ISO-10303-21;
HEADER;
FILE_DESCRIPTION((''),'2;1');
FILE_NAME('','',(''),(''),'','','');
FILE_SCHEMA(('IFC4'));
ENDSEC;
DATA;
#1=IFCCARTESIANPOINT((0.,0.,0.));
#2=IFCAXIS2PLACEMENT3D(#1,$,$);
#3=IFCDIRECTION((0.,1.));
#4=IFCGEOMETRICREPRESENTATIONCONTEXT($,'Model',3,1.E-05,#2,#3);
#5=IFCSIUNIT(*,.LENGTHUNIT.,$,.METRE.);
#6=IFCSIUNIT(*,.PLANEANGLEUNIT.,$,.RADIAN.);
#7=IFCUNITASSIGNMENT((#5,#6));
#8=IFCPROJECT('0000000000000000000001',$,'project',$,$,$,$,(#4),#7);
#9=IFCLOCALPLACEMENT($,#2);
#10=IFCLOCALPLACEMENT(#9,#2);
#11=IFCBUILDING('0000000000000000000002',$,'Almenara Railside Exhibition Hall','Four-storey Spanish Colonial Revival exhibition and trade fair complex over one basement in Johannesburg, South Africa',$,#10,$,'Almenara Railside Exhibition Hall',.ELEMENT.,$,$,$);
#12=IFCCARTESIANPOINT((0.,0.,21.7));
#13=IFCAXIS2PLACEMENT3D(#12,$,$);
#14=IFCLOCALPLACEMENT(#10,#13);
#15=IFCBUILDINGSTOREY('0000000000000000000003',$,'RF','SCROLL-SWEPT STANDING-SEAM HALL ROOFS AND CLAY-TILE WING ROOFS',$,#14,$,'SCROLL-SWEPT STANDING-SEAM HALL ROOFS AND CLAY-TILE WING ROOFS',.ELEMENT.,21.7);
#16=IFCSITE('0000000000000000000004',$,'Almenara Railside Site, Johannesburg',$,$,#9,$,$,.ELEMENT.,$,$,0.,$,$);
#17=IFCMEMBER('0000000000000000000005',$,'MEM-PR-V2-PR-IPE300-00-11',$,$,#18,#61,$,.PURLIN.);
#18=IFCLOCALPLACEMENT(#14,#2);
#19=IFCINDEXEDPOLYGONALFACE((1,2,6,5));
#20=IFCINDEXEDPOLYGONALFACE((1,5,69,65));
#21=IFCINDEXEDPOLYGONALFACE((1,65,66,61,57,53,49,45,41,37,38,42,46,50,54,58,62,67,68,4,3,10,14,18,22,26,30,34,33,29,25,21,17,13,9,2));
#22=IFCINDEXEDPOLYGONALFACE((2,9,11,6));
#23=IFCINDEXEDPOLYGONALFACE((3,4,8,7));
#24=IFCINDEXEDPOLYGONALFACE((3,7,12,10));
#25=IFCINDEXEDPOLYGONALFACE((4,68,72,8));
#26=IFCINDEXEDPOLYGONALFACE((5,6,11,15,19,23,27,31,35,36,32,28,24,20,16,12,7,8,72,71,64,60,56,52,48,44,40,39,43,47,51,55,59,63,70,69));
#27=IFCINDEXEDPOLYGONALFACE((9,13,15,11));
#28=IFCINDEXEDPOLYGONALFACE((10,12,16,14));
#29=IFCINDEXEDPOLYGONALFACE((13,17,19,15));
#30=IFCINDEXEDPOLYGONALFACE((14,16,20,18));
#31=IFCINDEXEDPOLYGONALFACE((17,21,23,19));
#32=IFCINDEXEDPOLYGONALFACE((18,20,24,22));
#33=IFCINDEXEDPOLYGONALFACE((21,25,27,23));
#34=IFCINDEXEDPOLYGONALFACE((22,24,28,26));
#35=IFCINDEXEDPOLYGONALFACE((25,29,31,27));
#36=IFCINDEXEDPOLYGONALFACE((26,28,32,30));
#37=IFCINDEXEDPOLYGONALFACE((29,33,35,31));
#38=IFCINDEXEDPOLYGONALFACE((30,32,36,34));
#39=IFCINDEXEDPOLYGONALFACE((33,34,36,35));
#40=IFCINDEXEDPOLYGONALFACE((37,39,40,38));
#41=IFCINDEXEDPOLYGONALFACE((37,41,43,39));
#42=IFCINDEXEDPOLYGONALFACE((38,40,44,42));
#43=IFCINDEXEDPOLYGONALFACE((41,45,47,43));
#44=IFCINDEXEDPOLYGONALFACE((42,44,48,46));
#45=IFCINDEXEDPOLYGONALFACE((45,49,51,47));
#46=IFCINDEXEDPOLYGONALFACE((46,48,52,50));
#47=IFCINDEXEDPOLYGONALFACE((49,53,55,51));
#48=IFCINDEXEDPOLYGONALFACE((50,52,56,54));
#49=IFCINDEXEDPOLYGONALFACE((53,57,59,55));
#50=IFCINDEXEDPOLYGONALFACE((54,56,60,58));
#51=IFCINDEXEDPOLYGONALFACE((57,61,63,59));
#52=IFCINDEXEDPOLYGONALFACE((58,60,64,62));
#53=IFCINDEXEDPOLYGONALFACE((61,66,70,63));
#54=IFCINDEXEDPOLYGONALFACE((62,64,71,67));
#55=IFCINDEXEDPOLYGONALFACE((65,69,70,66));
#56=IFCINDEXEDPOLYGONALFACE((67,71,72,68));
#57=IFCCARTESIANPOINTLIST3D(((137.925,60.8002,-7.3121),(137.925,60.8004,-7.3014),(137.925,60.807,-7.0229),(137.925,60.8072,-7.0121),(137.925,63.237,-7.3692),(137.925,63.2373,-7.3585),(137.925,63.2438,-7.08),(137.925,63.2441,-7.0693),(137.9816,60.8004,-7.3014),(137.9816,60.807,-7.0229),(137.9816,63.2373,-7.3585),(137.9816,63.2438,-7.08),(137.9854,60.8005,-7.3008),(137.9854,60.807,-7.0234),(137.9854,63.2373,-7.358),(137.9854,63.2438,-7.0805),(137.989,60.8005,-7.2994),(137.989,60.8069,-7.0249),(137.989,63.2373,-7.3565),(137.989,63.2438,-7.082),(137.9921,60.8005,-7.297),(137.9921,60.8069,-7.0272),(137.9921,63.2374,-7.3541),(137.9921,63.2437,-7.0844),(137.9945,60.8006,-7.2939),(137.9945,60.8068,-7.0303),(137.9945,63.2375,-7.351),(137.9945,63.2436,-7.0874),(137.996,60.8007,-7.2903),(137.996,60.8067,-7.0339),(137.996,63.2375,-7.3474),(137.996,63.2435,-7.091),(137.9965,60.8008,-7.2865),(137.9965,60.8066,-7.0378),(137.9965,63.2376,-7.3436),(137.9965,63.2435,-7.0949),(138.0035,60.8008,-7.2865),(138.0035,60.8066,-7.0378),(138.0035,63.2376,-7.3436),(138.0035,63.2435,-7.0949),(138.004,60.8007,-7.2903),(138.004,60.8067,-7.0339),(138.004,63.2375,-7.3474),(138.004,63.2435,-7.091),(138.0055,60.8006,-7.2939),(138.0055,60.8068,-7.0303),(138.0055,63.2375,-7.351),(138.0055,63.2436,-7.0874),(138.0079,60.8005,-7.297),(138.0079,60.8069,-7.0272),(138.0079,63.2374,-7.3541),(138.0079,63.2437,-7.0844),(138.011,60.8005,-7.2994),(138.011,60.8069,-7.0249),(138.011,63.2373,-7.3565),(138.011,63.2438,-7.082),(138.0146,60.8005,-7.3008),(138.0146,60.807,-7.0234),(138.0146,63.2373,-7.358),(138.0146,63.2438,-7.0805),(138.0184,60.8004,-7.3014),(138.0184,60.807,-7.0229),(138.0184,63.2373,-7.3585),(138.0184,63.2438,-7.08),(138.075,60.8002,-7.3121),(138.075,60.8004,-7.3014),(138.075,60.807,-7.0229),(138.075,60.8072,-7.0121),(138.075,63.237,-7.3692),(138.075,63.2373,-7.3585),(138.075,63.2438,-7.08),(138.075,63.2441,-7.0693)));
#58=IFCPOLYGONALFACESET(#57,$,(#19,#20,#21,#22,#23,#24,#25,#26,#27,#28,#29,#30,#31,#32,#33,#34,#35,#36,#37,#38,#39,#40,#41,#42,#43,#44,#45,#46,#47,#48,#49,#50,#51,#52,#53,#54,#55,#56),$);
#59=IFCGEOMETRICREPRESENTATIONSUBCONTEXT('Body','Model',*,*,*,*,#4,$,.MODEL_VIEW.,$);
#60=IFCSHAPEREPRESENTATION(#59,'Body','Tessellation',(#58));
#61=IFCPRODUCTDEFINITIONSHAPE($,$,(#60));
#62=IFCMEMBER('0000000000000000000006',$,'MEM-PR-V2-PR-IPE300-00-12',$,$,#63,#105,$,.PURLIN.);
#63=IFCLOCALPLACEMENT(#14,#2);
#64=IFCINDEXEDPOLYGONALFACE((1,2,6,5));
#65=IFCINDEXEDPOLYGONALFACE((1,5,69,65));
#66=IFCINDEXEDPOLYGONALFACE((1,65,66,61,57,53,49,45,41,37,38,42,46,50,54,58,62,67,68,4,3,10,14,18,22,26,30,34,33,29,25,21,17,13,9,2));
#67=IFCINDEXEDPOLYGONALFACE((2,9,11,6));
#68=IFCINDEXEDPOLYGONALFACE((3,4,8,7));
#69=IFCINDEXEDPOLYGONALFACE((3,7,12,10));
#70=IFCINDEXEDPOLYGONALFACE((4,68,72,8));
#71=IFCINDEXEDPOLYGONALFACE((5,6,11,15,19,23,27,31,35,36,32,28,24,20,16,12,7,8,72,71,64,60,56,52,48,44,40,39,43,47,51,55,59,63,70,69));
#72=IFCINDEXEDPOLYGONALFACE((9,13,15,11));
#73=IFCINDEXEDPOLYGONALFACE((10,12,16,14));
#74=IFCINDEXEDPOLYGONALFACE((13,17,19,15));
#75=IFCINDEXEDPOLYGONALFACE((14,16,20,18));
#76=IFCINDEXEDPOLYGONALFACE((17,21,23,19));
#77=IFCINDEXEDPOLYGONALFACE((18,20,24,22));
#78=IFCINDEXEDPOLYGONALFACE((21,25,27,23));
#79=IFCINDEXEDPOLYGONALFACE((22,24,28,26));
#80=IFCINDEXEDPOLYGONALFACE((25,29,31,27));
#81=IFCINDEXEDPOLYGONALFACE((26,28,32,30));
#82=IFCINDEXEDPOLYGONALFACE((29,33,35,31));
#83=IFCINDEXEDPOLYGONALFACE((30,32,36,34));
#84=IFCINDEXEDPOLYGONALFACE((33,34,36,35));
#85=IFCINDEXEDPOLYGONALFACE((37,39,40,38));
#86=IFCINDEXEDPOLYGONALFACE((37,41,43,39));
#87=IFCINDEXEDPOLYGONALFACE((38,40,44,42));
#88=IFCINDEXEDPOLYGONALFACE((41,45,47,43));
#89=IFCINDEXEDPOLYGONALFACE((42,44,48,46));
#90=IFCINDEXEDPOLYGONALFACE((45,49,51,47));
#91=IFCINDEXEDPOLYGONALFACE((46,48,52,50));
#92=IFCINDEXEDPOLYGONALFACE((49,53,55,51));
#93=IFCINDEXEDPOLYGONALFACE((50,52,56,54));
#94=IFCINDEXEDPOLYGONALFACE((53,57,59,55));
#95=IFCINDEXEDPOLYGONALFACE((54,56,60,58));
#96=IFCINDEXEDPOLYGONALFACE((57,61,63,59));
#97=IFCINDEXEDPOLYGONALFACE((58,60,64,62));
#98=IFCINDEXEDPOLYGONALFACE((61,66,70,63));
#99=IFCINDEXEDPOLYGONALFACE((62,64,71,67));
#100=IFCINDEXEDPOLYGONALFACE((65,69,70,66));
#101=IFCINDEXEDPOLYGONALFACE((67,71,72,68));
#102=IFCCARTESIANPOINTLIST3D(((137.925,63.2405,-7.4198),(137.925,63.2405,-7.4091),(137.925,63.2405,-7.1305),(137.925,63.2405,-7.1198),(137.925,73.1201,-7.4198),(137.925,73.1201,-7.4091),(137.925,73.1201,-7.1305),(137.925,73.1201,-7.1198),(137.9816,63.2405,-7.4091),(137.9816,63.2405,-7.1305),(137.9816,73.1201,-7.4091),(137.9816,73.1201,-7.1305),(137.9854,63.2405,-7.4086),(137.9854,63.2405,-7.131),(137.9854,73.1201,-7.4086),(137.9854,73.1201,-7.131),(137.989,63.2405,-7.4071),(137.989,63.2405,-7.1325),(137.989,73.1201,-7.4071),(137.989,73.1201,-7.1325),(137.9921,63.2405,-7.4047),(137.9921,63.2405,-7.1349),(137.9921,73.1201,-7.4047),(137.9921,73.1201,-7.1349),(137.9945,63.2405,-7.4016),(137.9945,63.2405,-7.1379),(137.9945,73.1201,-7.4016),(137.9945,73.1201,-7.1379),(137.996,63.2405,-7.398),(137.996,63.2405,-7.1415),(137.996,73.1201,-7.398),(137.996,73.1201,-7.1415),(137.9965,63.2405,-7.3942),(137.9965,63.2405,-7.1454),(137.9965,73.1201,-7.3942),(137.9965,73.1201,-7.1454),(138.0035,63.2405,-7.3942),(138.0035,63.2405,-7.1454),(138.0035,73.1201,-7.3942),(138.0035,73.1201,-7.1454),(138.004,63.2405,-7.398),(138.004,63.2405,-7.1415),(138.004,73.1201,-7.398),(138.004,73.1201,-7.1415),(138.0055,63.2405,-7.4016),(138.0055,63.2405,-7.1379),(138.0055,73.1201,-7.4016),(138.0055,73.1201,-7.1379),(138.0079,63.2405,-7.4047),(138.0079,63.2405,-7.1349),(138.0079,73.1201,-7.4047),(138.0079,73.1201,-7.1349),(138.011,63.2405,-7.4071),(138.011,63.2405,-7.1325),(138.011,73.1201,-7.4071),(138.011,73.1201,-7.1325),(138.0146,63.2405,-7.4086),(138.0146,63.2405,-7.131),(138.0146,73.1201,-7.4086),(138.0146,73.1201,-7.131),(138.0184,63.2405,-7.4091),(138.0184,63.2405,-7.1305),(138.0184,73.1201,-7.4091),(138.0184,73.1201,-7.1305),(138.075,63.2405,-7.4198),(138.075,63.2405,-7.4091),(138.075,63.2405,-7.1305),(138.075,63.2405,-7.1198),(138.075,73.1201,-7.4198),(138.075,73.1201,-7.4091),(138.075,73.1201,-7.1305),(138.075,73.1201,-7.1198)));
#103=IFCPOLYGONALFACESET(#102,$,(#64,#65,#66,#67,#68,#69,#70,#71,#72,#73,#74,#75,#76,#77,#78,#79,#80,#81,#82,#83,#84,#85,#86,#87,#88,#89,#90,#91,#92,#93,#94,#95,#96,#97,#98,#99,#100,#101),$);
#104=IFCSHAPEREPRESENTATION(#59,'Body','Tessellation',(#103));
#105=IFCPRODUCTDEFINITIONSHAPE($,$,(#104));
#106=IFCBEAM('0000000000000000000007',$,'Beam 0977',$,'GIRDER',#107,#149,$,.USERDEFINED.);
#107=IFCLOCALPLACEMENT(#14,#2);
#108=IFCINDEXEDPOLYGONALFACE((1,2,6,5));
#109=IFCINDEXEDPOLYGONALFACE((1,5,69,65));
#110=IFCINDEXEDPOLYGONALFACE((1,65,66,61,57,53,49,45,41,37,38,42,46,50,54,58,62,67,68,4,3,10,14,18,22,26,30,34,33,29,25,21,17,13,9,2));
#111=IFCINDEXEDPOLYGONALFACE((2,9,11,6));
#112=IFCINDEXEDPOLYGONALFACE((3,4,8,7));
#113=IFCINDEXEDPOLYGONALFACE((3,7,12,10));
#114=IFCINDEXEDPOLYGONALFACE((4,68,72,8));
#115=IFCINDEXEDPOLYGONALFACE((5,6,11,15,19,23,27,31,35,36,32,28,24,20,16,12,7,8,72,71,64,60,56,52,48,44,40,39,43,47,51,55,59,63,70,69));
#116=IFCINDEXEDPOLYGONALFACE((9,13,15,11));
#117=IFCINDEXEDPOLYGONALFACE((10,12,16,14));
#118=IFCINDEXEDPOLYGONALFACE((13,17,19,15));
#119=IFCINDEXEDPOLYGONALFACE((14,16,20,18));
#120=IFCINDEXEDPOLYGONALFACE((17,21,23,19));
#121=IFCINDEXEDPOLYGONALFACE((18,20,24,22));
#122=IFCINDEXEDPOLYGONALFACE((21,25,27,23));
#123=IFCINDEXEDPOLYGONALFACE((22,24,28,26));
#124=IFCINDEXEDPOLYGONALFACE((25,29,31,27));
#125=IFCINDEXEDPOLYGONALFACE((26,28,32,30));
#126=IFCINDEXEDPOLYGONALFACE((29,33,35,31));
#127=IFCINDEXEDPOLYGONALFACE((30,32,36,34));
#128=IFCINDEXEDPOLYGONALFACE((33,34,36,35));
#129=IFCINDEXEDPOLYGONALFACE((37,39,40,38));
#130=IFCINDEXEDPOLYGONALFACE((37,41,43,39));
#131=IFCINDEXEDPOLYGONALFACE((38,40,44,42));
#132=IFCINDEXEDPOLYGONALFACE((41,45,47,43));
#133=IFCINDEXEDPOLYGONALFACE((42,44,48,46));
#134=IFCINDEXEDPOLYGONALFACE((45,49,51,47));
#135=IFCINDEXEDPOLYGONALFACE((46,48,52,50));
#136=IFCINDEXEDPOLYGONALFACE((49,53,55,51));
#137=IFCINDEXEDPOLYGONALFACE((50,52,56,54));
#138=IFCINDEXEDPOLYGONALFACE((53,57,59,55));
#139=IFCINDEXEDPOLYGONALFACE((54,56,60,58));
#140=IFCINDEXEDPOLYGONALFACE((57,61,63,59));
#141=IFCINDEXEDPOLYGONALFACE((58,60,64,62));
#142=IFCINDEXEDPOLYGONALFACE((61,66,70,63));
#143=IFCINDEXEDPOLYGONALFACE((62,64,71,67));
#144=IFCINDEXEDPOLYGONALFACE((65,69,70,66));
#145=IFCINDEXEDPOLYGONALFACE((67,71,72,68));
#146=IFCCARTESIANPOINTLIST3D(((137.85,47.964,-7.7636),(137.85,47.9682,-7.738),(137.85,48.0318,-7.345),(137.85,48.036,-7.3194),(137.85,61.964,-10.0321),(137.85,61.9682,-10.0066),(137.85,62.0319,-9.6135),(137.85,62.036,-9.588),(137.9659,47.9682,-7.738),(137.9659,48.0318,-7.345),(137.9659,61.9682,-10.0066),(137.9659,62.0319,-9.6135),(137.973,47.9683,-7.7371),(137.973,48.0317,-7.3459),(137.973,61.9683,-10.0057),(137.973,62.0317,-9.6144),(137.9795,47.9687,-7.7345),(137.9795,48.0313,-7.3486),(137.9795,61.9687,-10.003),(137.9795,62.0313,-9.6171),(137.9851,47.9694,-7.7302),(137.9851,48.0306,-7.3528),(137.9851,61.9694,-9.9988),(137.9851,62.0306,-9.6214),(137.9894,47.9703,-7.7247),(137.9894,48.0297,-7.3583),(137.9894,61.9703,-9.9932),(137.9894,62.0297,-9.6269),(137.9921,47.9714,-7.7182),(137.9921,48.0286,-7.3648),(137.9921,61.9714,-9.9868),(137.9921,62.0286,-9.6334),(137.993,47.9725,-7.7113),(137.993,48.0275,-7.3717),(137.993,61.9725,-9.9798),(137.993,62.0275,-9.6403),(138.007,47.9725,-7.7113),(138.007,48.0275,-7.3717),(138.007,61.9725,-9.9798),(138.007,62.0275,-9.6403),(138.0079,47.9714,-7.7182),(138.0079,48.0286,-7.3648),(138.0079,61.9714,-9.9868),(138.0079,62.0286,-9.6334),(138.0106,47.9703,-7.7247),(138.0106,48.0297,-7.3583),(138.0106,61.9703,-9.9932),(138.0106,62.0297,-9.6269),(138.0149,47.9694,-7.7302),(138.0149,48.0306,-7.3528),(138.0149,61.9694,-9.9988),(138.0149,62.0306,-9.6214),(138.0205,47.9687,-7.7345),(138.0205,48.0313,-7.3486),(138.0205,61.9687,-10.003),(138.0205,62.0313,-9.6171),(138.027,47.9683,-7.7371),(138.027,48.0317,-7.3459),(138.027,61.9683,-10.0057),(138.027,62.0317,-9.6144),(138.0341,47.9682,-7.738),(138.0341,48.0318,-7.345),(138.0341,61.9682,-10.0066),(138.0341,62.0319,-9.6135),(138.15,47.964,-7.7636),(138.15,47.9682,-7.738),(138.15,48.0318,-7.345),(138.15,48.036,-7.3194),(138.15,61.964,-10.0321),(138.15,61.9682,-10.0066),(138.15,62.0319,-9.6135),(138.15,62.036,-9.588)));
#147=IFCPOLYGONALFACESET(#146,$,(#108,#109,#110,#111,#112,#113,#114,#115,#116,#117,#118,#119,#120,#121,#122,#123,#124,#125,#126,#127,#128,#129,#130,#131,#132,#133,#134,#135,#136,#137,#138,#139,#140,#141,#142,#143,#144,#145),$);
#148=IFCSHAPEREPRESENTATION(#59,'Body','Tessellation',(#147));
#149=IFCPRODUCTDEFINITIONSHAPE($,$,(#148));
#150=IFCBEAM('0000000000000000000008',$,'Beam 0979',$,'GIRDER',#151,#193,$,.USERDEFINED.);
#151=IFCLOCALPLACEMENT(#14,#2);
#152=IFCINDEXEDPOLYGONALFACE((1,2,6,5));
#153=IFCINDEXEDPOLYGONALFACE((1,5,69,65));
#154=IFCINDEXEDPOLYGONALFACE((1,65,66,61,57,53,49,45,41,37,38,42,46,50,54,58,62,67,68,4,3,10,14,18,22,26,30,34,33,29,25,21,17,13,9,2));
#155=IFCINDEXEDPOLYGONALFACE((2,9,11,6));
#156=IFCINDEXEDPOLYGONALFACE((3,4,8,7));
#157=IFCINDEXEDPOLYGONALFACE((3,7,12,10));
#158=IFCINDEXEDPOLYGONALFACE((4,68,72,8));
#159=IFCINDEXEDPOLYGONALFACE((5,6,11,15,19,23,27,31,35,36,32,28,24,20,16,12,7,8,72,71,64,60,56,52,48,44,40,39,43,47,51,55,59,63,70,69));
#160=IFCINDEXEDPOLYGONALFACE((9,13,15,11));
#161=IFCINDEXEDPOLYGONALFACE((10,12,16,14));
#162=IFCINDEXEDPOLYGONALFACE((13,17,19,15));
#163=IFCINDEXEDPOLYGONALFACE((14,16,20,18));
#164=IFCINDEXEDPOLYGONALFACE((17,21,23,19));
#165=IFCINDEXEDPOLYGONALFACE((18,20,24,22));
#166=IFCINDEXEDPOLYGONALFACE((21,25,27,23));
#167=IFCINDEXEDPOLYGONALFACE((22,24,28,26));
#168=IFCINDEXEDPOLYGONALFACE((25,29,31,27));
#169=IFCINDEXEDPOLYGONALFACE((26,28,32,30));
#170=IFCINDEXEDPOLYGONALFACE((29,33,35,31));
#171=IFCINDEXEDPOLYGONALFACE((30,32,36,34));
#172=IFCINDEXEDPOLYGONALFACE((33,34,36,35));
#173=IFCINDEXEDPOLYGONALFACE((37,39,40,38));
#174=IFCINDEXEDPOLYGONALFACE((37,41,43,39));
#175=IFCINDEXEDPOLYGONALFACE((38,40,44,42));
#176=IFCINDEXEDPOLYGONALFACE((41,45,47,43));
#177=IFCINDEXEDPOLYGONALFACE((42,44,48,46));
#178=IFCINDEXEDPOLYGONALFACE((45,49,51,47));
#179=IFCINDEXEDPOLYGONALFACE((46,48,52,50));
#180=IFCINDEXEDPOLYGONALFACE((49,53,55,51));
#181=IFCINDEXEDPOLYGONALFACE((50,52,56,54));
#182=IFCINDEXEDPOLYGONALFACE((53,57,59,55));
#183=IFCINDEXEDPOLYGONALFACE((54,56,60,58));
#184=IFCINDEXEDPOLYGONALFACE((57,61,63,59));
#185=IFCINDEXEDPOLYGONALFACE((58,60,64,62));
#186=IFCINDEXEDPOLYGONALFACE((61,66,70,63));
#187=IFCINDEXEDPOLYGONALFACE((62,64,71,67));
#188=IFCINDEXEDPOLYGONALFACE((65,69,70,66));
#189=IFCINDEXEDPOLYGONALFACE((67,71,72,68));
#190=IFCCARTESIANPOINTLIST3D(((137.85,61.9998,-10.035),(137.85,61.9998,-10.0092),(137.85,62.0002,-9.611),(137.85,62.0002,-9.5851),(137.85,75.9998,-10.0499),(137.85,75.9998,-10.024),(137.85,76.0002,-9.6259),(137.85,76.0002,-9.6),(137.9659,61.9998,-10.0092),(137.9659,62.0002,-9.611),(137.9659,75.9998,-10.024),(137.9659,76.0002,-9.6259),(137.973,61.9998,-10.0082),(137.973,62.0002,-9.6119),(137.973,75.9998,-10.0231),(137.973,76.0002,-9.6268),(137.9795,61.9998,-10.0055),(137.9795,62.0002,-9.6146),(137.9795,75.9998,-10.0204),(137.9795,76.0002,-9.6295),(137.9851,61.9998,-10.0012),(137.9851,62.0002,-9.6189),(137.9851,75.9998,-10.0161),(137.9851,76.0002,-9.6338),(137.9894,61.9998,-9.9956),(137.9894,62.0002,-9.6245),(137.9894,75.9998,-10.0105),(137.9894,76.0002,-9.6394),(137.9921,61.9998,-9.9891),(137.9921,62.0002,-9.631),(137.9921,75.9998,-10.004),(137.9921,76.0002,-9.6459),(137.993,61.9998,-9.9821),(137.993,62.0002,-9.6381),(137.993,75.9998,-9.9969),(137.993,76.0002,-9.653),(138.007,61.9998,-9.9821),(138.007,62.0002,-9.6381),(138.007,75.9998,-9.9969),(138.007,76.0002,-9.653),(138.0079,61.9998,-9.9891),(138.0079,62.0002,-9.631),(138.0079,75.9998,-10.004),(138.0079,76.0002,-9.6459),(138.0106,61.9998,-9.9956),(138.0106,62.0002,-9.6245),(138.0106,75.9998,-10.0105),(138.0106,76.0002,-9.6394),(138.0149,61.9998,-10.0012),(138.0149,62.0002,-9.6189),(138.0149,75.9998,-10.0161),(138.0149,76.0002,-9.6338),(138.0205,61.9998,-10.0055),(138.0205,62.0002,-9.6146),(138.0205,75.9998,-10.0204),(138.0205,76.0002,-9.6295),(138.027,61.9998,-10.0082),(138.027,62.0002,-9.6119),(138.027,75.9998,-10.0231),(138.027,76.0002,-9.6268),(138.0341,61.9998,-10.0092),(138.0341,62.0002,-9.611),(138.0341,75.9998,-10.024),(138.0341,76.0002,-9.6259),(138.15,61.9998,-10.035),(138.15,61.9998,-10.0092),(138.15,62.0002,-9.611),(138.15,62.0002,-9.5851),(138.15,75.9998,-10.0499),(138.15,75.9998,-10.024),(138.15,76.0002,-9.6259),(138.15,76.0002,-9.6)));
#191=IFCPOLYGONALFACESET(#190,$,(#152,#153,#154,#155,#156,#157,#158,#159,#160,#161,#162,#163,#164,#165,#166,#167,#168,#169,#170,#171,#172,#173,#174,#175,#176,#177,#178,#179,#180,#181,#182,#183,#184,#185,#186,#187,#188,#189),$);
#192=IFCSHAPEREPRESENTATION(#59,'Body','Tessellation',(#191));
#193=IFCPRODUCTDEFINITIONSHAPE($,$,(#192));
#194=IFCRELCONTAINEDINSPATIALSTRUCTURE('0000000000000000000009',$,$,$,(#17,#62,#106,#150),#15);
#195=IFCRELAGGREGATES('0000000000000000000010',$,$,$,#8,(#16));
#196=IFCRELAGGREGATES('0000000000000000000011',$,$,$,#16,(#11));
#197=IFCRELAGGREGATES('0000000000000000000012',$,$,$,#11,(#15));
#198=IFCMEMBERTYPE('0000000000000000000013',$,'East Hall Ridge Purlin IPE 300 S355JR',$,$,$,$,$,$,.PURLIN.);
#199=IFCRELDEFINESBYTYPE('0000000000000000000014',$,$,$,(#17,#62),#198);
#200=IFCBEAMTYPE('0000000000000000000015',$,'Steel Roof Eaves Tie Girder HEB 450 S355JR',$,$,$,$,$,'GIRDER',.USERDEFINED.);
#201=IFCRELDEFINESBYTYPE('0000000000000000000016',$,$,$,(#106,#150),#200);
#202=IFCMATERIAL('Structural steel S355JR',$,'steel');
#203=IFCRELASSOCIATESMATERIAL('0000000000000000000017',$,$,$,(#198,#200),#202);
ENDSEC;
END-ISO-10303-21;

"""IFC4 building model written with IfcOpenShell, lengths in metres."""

from ifc_helpers import new_model, si_unit, direction, frame, origin, origin_2d, place, context, subcontext, project, spatial, i_section, extrude, material, material_profile, profile_set, type_object, element, save


model = new_model("IFC4")

# Units and contexts
model_context = context("Model", 3, precision=1e-05, world=origin(), true_north=direction((0.0, 1.0)))
body_context = subcontext(model_context, "Body", "Model", "MODEL_VIEW")
ifc_project = project(units=[si_unit("LENGTHUNIT", "METRE"), si_unit("PLANEANGLEUNIT", "RADIAN")], contexts=[model_context])

# Site, building, storey
site_placement = place(None, origin())
site = spatial("IfcSite", under=ifc_project, at=site_placement, Name="Almenara Railside Site, Johannesburg", CompositionType="ELEMENT", RefElevation=0.0)
building_placement = place(site_placement, origin())
building = spatial("IfcBuilding", under=site, at=building_placement, Name="Almenara Railside Exhibition Hall", Description="Four-storey Spanish Colonial Revival exhibition and trade fair complex over one basement in Johannesburg, South Africa", LongName="Almenara Railside Exhibition Hall", CompositionType="ELEMENT")
storey_placement = place(building_placement, frame((0.0, 0.0, 21.7)))
storey = spatial("IfcBuildingStorey", under=building, at=storey_placement, Name="RF", Description="SCROLL-SWEPT STANDING-SEAM HALL ROOFS AND CLAY-TILE WING ROOFS", LongName="SCROLL-SWEPT STANDING-SEAM HALL ROOFS AND CLAY-TILE WING ROOFS", CompositionType="ELEMENT", Elevation=21.7)

# Shared definitions
ifc_material_1 = material(Name="Structural steel S355JR", Category="steel")

# Members
ifc_material_profile_1 = material_profile(ifc_material_1, i_section(OverallWidth=0.1499, OverallDepth=0.3, WebThickness=0.0071, FlangeThickness=0.0107, FilletRadius=0.0149, at=origin_2d()), Name="IPE 300")
ifc_profile_set_1 = profile_set([ifc_material_profile_1], Name="Structural steel S355JR")
member_type_1 = type_object("IfcMemberType", Name="East Hall Ridge Purlin IPE 300 S355JR", PredefinedType="PURLIN", material=ifc_profile_set_1)
member_1_placement = place(storey_placement, frame((138.0, 60.8037, -7.1621), z_axis=(0.0, 0.999725, -0.023438), x_axis=(-1.0, 0.0, 0.0)))
element("IfcMember", 1, at=member_1_placement, inside=storey, type_object=member_type_1, Name="MEM-PR-V2-PR-IPE300-00-11", PredefinedType="PURLIN", context=body_context, shape_type="SweptSolid", body=[
    extrude(i_section(OverallWidth=0.1499, OverallDepth=0.3, WebThickness=0.0071, FlangeThickness=0.0107, FilletRadius=0.0149, at=origin_2d()), origin(), (0.0, 0.0, 1.0), 2.4375),
])
member_2_placement = place(storey_placement, frame((138.0, 63.2405, -7.2698), z_axis=(0.0, 1.0, 0.0), x_axis=(-1.0, 0.0, 0.0)))
element("IfcMember", 2, at=member_2_placement, inside=storey, type_object=member_type_1, Name="MEM-PR-V2-PR-IPE300-00-12", PredefinedType="PURLIN", context=body_context, shape_type="SweptSolid", body=[
    extrude(i_section(OverallWidth=0.1499, OverallDepth=0.3, WebThickness=0.0071, FlangeThickness=0.0107, FilletRadius=0.0149, at=origin_2d()), origin(), (0.0, 0.0, 1.0), 9.8796),
])

# Beams
ifc_material_profile_2 = material_profile(ifc_material_1, i_section(OverallWidth=0.3, OverallDepth=0.45, WebThickness=0.0139, FlangeThickness=0.0259, FilletRadius=0.0271, at=origin_2d()), Name="HEB 450")
ifc_profile_set_2 = profile_set([ifc_material_profile_2], Name="Structural steel S355JR")
beam_type = type_object("IfcBeamType", Name="Steel Roof Eaves Tie Girder HEB 450 S355JR", ElementType="GIRDER", PredefinedType="USERDEFINED", material=ifc_profile_set_2)
beam_1_placement = place(storey_placement, frame((138.0, 48.0, -7.5415), z_axis=(0.0, 0.987125, -0.159953), x_axis=(-1.0, 0.0, 0.0)))
element("IfcBeam", 3, at=beam_1_placement, inside=storey, type_object=beam_type, Name="Beam 0977", ObjectType="GIRDER", PredefinedType="USERDEFINED", context=body_context, shape_type="SweptSolid", body=[
    extrude(i_section(OverallWidth=0.3, OverallDepth=0.45, WebThickness=0.0139, FlangeThickness=0.0259, FilletRadius=0.0271, at=origin_2d()), origin(), (0.0, 0.0, 1.0), 14.1826),
])
beam_2_placement = place(storey_placement, frame((138.0, 62.0, -9.8101), z_axis=(0.0, 0.999999, -0.001064), x_axis=(-1.0, 0.0, 0.0)))
element("IfcBeam", 4, at=beam_2_placement, inside=storey, type_object=beam_type, Name="Beam 0979", ObjectType="GIRDER", PredefinedType="USERDEFINED", context=body_context, shape_type="SweptSolid", body=[
    extrude(i_section(OverallWidth=0.3, OverallDepth=0.45, WebThickness=0.0139, FlangeThickness=0.0259, FilletRadius=0.0271, at=origin_2d()), origin(), (0.0, 0.0, 1.0), 14.0),
])

save(model, "model.ifc")
